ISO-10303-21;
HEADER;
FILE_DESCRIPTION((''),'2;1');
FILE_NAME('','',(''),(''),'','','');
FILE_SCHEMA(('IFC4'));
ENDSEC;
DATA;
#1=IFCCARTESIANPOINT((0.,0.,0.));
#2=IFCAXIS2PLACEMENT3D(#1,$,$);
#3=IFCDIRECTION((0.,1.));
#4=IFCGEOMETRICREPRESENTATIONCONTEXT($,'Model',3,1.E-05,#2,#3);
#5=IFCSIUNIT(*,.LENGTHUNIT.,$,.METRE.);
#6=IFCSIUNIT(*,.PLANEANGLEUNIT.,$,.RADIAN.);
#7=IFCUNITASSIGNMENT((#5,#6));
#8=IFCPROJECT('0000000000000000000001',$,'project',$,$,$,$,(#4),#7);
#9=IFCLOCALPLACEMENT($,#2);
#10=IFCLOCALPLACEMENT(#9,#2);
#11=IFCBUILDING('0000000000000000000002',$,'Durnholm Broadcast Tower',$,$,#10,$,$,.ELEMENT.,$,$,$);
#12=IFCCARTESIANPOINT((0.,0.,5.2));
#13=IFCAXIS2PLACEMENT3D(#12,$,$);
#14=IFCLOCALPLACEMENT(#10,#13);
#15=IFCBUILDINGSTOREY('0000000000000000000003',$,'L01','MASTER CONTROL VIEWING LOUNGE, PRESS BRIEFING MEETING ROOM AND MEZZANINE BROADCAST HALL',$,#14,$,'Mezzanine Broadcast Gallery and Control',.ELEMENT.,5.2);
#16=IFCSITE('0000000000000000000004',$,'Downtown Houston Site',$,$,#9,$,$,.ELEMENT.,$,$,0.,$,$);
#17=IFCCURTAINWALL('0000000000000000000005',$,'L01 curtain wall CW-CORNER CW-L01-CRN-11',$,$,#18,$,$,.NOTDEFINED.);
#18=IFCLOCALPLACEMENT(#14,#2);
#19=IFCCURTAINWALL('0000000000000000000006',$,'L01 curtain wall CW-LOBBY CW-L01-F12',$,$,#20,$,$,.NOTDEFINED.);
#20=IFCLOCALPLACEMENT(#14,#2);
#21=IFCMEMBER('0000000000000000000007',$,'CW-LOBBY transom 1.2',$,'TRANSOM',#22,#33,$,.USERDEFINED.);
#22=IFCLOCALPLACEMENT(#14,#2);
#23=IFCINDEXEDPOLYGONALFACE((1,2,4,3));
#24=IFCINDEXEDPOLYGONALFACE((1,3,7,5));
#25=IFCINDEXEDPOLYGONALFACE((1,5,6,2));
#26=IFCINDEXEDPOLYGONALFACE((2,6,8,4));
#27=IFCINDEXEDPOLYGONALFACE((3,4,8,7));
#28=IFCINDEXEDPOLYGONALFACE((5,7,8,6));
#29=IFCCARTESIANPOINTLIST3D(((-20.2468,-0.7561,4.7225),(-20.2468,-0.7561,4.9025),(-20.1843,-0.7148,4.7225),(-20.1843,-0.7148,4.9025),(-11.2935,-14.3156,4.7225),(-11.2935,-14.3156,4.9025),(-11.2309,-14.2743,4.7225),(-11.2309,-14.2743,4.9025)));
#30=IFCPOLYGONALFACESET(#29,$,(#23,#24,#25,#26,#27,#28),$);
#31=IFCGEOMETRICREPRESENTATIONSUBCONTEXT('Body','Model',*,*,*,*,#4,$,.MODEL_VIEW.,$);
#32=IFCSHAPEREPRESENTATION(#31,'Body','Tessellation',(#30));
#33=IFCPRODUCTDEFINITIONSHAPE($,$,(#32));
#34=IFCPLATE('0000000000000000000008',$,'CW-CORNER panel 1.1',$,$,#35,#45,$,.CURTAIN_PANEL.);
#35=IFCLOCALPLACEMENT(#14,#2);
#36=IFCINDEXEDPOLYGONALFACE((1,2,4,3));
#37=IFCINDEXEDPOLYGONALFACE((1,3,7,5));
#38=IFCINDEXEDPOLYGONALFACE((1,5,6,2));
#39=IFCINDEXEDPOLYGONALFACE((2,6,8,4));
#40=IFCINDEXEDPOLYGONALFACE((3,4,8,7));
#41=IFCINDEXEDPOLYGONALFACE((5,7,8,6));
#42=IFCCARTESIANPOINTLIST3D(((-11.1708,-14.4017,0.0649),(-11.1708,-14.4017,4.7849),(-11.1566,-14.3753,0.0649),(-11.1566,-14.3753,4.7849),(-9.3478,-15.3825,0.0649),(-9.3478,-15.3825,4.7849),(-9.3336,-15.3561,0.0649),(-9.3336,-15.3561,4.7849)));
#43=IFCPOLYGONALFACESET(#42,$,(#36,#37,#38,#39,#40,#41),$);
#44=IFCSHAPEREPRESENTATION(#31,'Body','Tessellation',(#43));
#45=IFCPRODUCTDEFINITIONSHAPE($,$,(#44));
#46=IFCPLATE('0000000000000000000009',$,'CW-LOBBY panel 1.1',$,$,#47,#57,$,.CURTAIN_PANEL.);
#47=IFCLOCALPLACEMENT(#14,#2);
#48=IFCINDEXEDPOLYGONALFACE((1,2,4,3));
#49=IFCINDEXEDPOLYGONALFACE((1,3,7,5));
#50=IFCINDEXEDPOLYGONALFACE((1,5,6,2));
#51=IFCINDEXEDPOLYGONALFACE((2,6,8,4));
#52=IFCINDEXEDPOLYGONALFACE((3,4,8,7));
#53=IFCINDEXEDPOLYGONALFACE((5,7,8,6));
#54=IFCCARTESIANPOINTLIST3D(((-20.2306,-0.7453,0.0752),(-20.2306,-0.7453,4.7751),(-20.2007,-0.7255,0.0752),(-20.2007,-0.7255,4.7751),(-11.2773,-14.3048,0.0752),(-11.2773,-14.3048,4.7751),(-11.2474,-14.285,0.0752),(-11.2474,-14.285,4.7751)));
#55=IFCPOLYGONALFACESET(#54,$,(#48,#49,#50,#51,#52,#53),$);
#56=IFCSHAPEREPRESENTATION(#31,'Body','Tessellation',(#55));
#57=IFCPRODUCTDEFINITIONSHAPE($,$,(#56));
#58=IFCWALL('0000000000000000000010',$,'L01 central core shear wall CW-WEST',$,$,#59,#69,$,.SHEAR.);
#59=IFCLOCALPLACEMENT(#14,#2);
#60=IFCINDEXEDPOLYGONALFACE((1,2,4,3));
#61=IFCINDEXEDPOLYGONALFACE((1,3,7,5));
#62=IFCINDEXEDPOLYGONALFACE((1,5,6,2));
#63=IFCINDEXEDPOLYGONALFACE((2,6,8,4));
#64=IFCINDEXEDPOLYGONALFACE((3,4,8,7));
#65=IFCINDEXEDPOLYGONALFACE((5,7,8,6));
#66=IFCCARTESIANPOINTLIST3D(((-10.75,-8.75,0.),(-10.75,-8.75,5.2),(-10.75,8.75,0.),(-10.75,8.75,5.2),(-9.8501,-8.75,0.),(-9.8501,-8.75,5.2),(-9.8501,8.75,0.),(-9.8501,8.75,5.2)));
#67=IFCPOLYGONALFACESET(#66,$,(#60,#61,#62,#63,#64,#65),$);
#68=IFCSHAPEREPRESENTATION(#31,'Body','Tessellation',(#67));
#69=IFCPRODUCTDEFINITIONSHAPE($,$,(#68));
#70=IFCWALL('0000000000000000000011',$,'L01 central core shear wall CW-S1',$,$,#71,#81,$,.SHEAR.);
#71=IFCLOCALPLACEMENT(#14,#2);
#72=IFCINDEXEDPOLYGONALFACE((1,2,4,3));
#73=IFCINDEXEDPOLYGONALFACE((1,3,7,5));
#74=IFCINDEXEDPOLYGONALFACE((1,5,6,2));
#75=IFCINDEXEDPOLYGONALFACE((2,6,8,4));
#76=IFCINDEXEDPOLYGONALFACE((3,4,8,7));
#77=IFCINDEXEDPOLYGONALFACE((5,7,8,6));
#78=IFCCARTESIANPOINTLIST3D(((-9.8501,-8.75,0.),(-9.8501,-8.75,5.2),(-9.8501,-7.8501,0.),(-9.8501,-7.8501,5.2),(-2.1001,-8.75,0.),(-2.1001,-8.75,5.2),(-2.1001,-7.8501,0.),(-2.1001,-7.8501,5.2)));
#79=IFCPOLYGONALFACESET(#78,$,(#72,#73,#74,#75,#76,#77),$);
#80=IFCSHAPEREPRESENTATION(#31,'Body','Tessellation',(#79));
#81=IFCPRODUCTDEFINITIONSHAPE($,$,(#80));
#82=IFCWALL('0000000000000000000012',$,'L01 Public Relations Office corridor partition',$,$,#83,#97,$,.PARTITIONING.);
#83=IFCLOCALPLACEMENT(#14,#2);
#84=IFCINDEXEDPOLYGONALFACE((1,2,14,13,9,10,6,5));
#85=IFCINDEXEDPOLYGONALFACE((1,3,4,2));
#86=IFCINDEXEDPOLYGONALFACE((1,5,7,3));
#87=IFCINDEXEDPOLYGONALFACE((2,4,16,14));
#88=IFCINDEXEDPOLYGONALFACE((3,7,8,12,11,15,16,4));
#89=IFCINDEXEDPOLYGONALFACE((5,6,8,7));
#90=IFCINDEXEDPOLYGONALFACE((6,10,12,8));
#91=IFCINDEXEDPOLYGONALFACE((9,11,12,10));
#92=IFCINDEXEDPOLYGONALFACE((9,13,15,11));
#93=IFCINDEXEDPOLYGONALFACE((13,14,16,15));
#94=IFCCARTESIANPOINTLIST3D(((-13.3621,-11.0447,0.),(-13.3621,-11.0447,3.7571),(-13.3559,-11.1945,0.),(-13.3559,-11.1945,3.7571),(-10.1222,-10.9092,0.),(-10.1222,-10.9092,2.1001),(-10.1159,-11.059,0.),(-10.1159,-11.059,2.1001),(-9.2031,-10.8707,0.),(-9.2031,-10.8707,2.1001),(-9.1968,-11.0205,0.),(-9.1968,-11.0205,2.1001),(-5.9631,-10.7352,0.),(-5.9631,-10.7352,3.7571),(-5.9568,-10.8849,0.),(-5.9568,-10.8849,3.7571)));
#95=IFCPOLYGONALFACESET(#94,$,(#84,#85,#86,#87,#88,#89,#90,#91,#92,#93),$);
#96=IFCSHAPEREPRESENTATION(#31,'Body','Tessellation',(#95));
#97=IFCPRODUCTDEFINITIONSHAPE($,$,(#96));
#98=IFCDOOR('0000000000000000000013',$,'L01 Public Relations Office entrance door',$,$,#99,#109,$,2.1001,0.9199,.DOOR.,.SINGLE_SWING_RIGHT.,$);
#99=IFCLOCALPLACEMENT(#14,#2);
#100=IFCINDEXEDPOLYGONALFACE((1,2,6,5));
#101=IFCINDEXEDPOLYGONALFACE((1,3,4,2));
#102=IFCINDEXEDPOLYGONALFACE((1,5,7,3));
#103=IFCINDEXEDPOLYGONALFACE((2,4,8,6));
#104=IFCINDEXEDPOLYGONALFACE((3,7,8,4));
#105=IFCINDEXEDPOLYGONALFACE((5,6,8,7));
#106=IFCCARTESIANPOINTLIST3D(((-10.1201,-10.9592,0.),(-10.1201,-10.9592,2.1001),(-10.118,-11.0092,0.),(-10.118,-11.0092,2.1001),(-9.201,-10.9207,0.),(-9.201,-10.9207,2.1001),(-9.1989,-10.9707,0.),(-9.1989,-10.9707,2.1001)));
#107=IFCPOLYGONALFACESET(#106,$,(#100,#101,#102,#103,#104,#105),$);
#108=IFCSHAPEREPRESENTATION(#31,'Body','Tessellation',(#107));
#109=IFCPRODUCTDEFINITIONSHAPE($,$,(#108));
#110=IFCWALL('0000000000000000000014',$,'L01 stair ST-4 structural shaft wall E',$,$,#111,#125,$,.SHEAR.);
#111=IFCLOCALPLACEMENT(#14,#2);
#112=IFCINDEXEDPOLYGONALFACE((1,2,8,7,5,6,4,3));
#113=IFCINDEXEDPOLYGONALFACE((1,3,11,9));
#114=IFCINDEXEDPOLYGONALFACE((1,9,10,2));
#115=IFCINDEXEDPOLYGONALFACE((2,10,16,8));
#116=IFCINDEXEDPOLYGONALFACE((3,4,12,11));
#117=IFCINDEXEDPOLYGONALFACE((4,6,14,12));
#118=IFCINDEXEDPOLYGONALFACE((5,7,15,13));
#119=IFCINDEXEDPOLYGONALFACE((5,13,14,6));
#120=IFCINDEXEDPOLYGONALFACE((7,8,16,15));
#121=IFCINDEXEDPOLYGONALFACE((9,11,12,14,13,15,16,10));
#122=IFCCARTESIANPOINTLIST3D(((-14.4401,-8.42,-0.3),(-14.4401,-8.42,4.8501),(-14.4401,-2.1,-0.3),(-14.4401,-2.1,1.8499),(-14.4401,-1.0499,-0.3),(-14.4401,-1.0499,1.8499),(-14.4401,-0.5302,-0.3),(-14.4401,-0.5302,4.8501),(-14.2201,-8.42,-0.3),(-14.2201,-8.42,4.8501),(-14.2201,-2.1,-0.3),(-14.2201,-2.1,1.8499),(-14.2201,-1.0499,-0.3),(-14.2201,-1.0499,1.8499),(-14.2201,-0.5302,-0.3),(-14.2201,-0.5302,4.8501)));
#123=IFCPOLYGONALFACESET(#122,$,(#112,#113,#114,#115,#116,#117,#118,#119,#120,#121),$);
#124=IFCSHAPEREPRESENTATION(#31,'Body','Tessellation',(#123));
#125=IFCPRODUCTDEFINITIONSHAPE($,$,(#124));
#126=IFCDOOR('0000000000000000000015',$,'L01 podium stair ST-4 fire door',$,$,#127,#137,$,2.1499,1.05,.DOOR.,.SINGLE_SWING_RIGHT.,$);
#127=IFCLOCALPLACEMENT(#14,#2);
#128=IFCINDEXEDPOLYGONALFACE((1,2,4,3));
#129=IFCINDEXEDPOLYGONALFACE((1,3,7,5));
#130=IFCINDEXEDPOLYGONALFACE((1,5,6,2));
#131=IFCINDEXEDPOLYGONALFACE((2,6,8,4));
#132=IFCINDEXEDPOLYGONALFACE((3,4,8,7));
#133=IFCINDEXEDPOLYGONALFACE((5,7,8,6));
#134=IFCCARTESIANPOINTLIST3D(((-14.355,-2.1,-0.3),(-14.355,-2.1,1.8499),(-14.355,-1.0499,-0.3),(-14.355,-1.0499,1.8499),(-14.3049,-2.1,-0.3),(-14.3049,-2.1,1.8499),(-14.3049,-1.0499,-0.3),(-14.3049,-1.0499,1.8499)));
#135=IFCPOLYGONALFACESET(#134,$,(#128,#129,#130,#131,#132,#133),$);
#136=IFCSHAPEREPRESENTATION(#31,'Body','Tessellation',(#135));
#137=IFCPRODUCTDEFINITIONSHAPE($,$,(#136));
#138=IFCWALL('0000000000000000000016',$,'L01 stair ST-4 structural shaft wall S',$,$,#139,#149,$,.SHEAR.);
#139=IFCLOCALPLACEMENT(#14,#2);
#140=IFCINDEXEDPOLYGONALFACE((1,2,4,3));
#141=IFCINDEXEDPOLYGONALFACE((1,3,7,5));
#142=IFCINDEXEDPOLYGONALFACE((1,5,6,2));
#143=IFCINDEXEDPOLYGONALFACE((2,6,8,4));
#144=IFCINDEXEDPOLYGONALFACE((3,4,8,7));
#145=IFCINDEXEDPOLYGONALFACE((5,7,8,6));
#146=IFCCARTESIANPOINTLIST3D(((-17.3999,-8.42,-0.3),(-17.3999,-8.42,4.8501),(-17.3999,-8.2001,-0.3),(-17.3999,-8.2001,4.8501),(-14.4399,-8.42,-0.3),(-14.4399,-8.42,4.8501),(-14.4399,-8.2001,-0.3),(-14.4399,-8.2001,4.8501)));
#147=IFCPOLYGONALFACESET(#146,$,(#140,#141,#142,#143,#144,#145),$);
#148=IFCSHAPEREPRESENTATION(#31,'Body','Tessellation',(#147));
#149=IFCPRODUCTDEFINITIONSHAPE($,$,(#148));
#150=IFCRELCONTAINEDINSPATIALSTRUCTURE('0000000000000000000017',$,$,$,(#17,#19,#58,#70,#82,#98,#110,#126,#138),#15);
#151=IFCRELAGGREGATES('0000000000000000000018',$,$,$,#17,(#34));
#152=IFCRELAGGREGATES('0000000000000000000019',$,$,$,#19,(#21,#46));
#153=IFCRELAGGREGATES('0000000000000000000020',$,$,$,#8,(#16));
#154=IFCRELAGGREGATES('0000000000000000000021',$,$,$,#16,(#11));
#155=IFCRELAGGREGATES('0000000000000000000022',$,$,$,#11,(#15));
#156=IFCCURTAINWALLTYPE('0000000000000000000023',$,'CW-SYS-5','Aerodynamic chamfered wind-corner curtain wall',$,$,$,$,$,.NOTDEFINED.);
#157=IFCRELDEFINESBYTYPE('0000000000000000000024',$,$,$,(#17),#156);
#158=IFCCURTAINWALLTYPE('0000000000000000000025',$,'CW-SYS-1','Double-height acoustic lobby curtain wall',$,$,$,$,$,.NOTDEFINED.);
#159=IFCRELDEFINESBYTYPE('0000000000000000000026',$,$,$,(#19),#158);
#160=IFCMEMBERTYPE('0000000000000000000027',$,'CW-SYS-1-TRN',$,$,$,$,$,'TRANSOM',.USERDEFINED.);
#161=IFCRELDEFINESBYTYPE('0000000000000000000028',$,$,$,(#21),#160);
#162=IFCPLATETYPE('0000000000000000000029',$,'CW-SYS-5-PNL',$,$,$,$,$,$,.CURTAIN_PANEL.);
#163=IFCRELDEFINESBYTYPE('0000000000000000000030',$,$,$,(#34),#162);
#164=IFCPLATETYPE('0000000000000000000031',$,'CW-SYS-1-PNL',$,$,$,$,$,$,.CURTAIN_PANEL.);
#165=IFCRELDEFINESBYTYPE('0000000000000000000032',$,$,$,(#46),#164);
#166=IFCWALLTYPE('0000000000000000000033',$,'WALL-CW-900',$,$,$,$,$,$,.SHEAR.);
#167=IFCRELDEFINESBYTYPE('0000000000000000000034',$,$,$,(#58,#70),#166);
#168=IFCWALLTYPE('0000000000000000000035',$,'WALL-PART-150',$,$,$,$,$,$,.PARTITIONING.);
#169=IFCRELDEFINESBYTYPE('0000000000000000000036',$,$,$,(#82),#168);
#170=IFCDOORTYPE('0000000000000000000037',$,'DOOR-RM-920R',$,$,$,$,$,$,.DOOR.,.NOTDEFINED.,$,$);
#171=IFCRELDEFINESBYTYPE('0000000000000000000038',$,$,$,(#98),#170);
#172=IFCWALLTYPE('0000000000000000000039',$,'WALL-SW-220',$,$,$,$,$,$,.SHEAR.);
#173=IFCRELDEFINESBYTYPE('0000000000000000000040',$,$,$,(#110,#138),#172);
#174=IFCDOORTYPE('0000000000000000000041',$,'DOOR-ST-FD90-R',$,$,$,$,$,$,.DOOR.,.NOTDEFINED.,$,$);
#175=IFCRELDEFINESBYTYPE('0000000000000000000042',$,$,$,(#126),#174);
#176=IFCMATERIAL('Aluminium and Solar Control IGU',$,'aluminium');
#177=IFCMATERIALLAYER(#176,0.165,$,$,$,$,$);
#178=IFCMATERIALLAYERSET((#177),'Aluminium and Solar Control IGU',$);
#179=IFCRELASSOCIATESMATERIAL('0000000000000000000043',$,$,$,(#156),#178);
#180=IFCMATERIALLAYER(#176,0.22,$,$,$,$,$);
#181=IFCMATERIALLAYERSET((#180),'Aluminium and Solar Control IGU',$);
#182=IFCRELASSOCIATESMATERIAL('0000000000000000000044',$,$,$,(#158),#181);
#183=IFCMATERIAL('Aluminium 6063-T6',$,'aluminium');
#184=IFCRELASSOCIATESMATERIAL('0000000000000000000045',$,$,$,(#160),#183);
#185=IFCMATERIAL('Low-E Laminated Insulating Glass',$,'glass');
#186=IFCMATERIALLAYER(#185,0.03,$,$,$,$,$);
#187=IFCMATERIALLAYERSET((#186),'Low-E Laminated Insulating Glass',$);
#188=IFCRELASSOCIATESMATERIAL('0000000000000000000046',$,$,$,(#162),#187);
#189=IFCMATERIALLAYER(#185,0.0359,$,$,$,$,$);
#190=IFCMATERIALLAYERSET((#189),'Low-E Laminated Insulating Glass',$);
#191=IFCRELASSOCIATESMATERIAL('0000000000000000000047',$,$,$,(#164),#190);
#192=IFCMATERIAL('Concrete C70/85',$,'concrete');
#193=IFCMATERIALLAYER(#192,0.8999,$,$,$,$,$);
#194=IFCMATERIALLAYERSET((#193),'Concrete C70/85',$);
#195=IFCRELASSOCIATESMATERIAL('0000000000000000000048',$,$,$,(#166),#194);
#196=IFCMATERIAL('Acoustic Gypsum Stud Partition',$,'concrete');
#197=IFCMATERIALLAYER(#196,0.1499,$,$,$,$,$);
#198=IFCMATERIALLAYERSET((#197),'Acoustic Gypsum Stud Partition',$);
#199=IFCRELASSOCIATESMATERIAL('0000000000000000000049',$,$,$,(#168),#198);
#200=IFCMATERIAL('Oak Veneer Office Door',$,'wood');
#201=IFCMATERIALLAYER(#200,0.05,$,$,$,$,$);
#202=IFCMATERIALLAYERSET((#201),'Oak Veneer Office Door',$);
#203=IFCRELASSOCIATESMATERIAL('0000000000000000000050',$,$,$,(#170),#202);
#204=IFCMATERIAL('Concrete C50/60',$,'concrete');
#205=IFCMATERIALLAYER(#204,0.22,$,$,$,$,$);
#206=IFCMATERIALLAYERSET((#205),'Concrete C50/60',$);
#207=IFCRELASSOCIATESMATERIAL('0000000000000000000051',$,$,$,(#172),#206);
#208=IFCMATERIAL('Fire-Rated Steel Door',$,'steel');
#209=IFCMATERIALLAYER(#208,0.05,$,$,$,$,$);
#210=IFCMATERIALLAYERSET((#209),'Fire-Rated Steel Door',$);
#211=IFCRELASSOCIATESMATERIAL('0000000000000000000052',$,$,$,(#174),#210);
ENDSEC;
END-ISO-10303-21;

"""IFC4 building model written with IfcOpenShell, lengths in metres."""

from ifc_helpers import new_model, si_unit, direction, frame, frame_2d, origin, origin_2d, place, context, subcontext, project, spatial, rectangle, extrude, source, transform, mapped, material, layer, layer_set, material_profile, profile_set, type_object, type_shapes, element, fill, aggregate, save


model = new_model("IFC4")

# Units and contexts
model_context = context("Model", 3, precision=1e-05, world=origin(), true_north=direction((0.0, 1.0)))
body_context = subcontext(model_context, "Body", "Model", "MODEL_VIEW")
ifc_project = project(units=[si_unit("LENGTHUNIT", "METRE"), si_unit("PLANEANGLEUNIT", "RADIAN")], contexts=[model_context])

# Site, building, storey
site_placement = place(None, origin())
site = spatial("IfcSite", under=ifc_project, at=site_placement, Name="Downtown Houston Site", CompositionType="ELEMENT", RefElevation=0.0)
building_placement = place(site_placement, origin())
building = spatial("IfcBuilding", under=site, at=building_placement, Name="Durnholm Broadcast Tower", CompositionType="ELEMENT")
storey_placement = place(building_placement, frame((0.0, 0.0, 5.2)))
storey = spatial("IfcBuildingStorey", under=building, at=storey_placement, Name="L01", Description="MASTER CONTROL VIEWING LOUNGE, PRESS BRIEFING MEETING ROOM AND MEZZANINE BROADCAST HALL", LongName="Mezzanine Broadcast Gallery and Control", CompositionType="ELEMENT", Elevation=5.2)

# Shared definitions
ifc_material_1 = material(Name="Concrete C70/85", Category="concrete")

# Curtain wall
ifc_material_2 = material(Name="Aluminium and Solar Control IGU", Category="aluminium")
ifc_layer_1 = layer(ifc_material_2, 0.165)
ifc_layer_set_1 = layer_set([ifc_layer_1], Name="Aluminium and Solar Control IGU")
curtain_wall_type_1 = type_object("IfcCurtainWallType", Name="CW-SYS-5", Description="Aerodynamic chamfered wind-corner curtain wall", PredefinedType="NOTDEFINED", material=ifc_layer_set_1)
ifc_material_3 = material(Name="Aluminium 6063-T6", Category="aluminium")
curtain_wall_1_placement = place(storey_placement, origin())
curtain_wall_1 = element("IfcCurtainWall", 1, at=curtain_wall_1_placement, inside=storey, type_object=curtain_wall_type_1, Name="L01 curtain wall CW-CORNER CW-L01-CRN-11", PredefinedType="NOTDEFINED")

# Curtain wall, member
ifc_layer_2 = layer(ifc_material_2, 0.22)
ifc_layer_set_2 = layer_set([ifc_layer_2], Name="Aluminium and Solar Control IGU")
curtain_wall_type_2 = type_object("IfcCurtainWallType", Name="CW-SYS-1", Description="Double-height acoustic lobby curtain wall", PredefinedType="NOTDEFINED", material=ifc_layer_set_2)
curtain_wall_2_placement = place(storey_placement, origin())
curtain_wall_2 = element("IfcCurtainWall", 2, at=curtain_wall_2_placement, inside=storey, type_object=curtain_wall_type_2, Name="L01 curtain wall CW-LOBBY CW-L01-F12", PredefinedType="NOTDEFINED")
ifc_material_profile_1 = material_profile(ifc_material_3, rectangle(XDim=0.075, YDim=0.1799, at=origin_2d()), Name="CWT75X180")
ifc_profile_set_1 = profile_set([ifc_material_profile_1], Name="Aluminium 6063-T6")
member_type_1 = type_object("IfcMemberType", Name="CW-SYS-1-TRN", ElementType="TRANSOM", PredefinedType="USERDEFINED", material=ifc_profile_set_1)
shared_shape_1 = source(origin(), body_context, "Body", "SweptSolid", [
    extrude(rectangle(XDim=0.075, YDim=0.1799, at=origin_2d()), origin(), (0.0, 0.0, 1.0), 16.2488),
])
type_shapes(member_type_1, [shared_shape_1])
member_1_placement = place(storey_placement, frame((-11.2622, -14.2949, 4.8125), z_axis=(-0.551016, 0.834495, 0.0), x_axis=(-0.834495, -0.551016, 0.0)))
member_1 = element("IfcMember", 3, at=member_1_placement, type_object=member_type_1, Name="CW-LOBBY transom 1.2", ObjectType="TRANSOM", PredefinedType="USERDEFINED", context=body_context, shape_type="MappedRepresentation", body=[
    mapped(shared_shape_1, transform((0.0, 0.0, 0.0), x_axis=(1.0, 0.0, 0.0), y_axis=(0.0, 1.0, 0.0), z_axis=(0.0, 0.0, 1.0), scale=1.0)),
])

# Plates
ifc_material_4 = material(Name="Low-E Laminated Insulating Glass", Category="glass")
ifc_layer_3 = layer(ifc_material_4, 0.03)
ifc_layer_set_3 = layer_set([ifc_layer_3], Name="Low-E Laminated Insulating Glass")
plate_type_1 = type_object("IfcPlateType", Name="CW-SYS-5-PNL", PredefinedType="CURTAIN_PANEL", material=ifc_layer_set_3)
shared_shape_2 = source(origin(), body_context, "Body", "SweptSolid", [
    extrude(rectangle(XDim=2.0701, YDim=0.03, at=origin_2d()), origin(), (0.0, 0.0, 1.0), 4.72),
])
type_shapes(plate_type_1, [shared_shape_2])
plate_1_placement = place(storey_placement, frame((-10.2522, -14.8789, 0.0649), z_axis=(0.0, 0.0, 1.0), x_axis=(-0.880626, 0.473812, 0.0)))
plate_1 = element("IfcPlate", 4, at=plate_1_placement, type_object=plate_type_1, Name="CW-CORNER panel 1.1", PredefinedType="CURTAIN_PANEL", context=body_context, shape_type="MappedRepresentation", body=[
    mapped(shared_shape_2, transform((0.0, 0.0, 0.0), x_axis=(1.0, 0.0, 0.0), y_axis=(0.0, 1.0, 0.0), z_axis=(0.0, 0.0, 1.0), scale=1.0)),
])
aggregate(curtain_wall_1, [plate_1])
ifc_layer_4 = layer(ifc_material_4, 0.0359)
ifc_layer_set_4 = layer_set([ifc_layer_4], Name="Low-E Laminated Insulating Glass")
plate_type_2 = type_object("IfcPlateType", Name="CW-SYS-1-PNL", PredefinedType="CURTAIN_PANEL", material=ifc_layer_set_4)
shared_shape_3 = source(origin(), body_context, "Body", "SweptSolid", [
    extrude(rectangle(XDim=16.2488, YDim=0.0359, at=origin_2d()), origin(), (0.0, 0.0, 1.0), 4.7),
])
type_shapes(plate_type_2, [shared_shape_3])
plate_2_placement = place(storey_placement, frame((-15.739, -7.5151, 0.0752), z_axis=(0.0, 0.0, 1.0), x_axis=(-0.551013, 0.834496, 0.0)))
plate_2 = element("IfcPlate", 5, at=plate_2_placement, type_object=plate_type_2, Name="CW-LOBBY panel 1.1", PredefinedType="CURTAIN_PANEL", context=body_context, shape_type="MappedRepresentation", body=[
    mapped(shared_shape_3, transform((0.0, 0.0, 0.0), x_axis=(1.0, 0.0, 0.0), y_axis=(0.0, 1.0, 0.0), z_axis=(0.0, 0.0, 1.0), scale=1.0)),
])
aggregate(curtain_wall_2, [member_1, plate_2])

# Walls
ifc_layer_5 = layer(ifc_material_1, 0.8999)
ifc_layer_set_5 = layer_set([ifc_layer_5], Name="Concrete C70/85")
wall_type_1 = type_object("IfcWallType", Name="WALL-CW-900", PredefinedType="SHEAR", material=ifc_layer_set_5)
wall_1_placement = place(storey_placement, frame((-10.3, -8.75, 0.0), z_axis=(0.0, 0.0, 1.0), x_axis=(0.0, 1.0, 0.0)))
element("IfcWall", 6, at=wall_1_placement, inside=storey, type_object=wall_type_1, Name="L01 central core shear wall CW-WEST", PredefinedType="SHEAR", context=body_context, shape_type="SweptSolid", body=[
    extrude(rectangle(XDim=17.5, YDim=0.8999, at=frame_2d((8.75, 0.0))), origin(), (0.0, 0.0, 1.0), 5.2),
])
wall_2_placement = place(storey_placement, frame((-9.8501, -8.3, 0.0), z_axis=(0.0, 0.0, 1.0), x_axis=(1.0, 0.0, 0.0)))
element("IfcWall", 7, at=wall_2_placement, inside=storey, type_object=wall_type_1, Name="L01 central core shear wall CW-S1", PredefinedType="SHEAR", context=body_context, shape_type="SweptSolid", body=[
    extrude(rectangle(XDim=7.75, YDim=0.8999, at=frame_2d((3.875, 0.0))), origin(), (0.0, 0.0, 1.0), 5.2),
])

# Walls, openings, doors
ifc_material_5 = material(Name="Acoustic Gypsum Stud Partition", Category="concrete")
ifc_layer_6 = layer(ifc_material_5, 0.1499)
ifc_layer_set_6 = layer_set([ifc_layer_6], Name="Acoustic Gypsum Stud Partition")
wall_type_2 = type_object("IfcWallType", Name="WALL-PART-150", PredefinedType="PARTITIONING", material=ifc_layer_set_6)
wall_3_placement = place(storey_placement, frame((-13.3589, -11.1196, 0.0), z_axis=(0.0, 0.0, 1.0), x_axis=(0.999126, 0.041803, 0.0)))
wall_3 = element("IfcWall", 8, at=wall_3_placement, inside=storey, type_object=wall_type_2, Name="L01 Public Relations Office corridor partition", PredefinedType="PARTITIONING", context=body_context, shape_type="SweptSolid", body=[
    extrude(rectangle(XDim=7.4055, YDim=0.1499, at=frame_2d((3.7026, 0.0))), origin(), (0.0, 0.0, 1.0), 3.7571),
])
opening_1_placement = place(wall_3_placement, frame((3.2427, 0.0, 0.0)))
opening_1 = element("IfcOpeningElement", 9, at=opening_1_placement, cuts=wall_3, PredefinedType="OPENING", context=body_context, shape_type="SweptSolid", body=[
    extrude(rectangle(XDim=0.9199, YDim=2.1001, at=frame_2d((0.46, 1.05))), frame((0.0, 0.085, 0.0), z_axis=(0.0, -1.0, 0.0), x_axis=(1.0, 0.0, 0.0)), (0.0, 0.0, 1.0), 0.1699),
])
ifc_material_6 = material(Name="Oak Veneer Office Door", Category="wood")
ifc_layer_7 = layer(ifc_material_6, 0.05)
ifc_layer_set_7 = layer_set([ifc_layer_7], Name="Oak Veneer Office Door")
door_type_1 = type_object("IfcDoorType", Name="DOOR-RM-920R", OperationType="NOTDEFINED", PredefinedType="DOOR", material=ifc_layer_set_7)
shared_shape_4 = source(origin(), body_context, "Body", "SweptSolid", [
    extrude(rectangle(XDim=0.9199, YDim=2.1001, at=frame_2d((0.46, 1.05))), frame((0.0, 0.0249, 0.0), z_axis=(0.0, -1.0, 0.0), x_axis=(1.0, 0.0, 0.0)), (0.0, 0.0, 1.0), 0.05),
])
type_shapes(door_type_1, [shared_shape_4])
door_1_placement = place(opening_1_placement, origin())
door_1 = element("IfcDoor", 10, at=door_1_placement, inside=storey, type_object=door_type_1, Name="L01 Public Relations Office entrance door", OperationType="SINGLE_SWING_RIGHT", OverallHeight=2.1001, OverallWidth=0.9199, PredefinedType="DOOR", context=body_context, shape_type="MappedRepresentation", body=[
    mapped(shared_shape_4, transform((0.0, 0.0, 0.0), x_axis=(1.0, 0.0, 0.0), y_axis=(0.0, 1.0, 0.0), z_axis=(0.0, 0.0, 1.0), scale=1.0)),
])
fill(opening_1, door_1)
ifc_material_7 = material(Name="Concrete C50/60", Category="concrete")
ifc_layer_8 = layer(ifc_material_7, 0.22)
ifc_layer_set_8 = layer_set([ifc_layer_8], Name="Concrete C50/60")
wall_type_3 = type_object("IfcWallType", Name="WALL-SW-220", PredefinedType="SHEAR", material=ifc_layer_set_8)
wall_4_placement = place(storey_placement, frame((-14.3301, -8.4199, -0.3), z_axis=(0.0, 0.0, 1.0), x_axis=(0.0, 1.0, 0.0)))
wall_4 = element("IfcWall", 11, at=wall_4_placement, inside=storey, type_object=wall_type_3, Name="L01 stair ST-4 structural shaft wall E", PredefinedType="SHEAR", context=body_context, shape_type="SweptSolid", body=[
    extrude(rectangle(XDim=7.8899, YDim=0.22, at=frame_2d((3.9448, 0.0))), origin(), (0.0, 0.0, 1.0), 5.1501),
])
opening_2_placement = place(wall_4_placement, frame((6.3201, 0.0, 0.0)))
opening_2 = element("IfcOpeningElement", 12, at=opening_2_placement, cuts=wall_4, PredefinedType="OPENING", context=body_context, shape_type="SweptSolid", body=[
    extrude(rectangle(XDim=1.05, YDim=2.1499, at=frame_2d((0.5249, 1.075))), frame((0.0, 0.1201, 0.0), z_axis=(0.0, -1.0, 0.0), x_axis=(1.0, 0.0, 0.0)), (0.0, 0.0, 1.0), 0.24),
])
ifc_material_8 = material(Name="Fire-Rated Steel Door", Category="steel")
ifc_layer_9 = layer(ifc_material_8, 0.05)
ifc_layer_set_9 = layer_set([ifc_layer_9], Name="Fire-Rated Steel Door")
door_type_2 = type_object("IfcDoorType", Name="DOOR-ST-FD90-R", OperationType="NOTDEFINED", PredefinedType="DOOR", material=ifc_layer_set_9)
shared_shape_5 = source(origin(), body_context, "Body", "SweptSolid", [
    extrude(rectangle(XDim=1.05, YDim=2.1499, at=frame_2d((0.5249, 1.075))), frame((0.0, 0.0249, 0.0), z_axis=(0.0, -1.0, 0.0), x_axis=(1.0, 0.0, 0.0)), (0.0, 0.0, 1.0), 0.05),
])
type_shapes(door_type_2, [shared_shape_5])
door_2_placement = place(opening_2_placement, origin())
door_2 = element("IfcDoor", 13, at=door_2_placement, inside=storey, type_object=door_type_2, Name="L01 podium stair ST-4 fire door", OperationType="SINGLE_SWING_RIGHT", OverallHeight=2.1499, OverallWidth=1.05, PredefinedType="DOOR", context=body_context, shape_type="MappedRepresentation", body=[
    mapped(shared_shape_5, transform((0.0, 0.0, 0.0), x_axis=(1.0, 0.0, 0.0), y_axis=(0.0, 1.0, 0.0), z_axis=(0.0, 0.0, 1.0), scale=1.0)),
])
fill(opening_2, door_2)

# Wall
wall_5_placement = place(storey_placement, frame((-17.3999, -8.3101, -0.3), z_axis=(0.0, 0.0, 1.0), x_axis=(1.0, 0.0, 0.0)))
element("IfcWall", 14, at=wall_5_placement, inside=storey, type_object=wall_type_3, Name="L01 stair ST-4 structural shaft wall S", PredefinedType="SHEAR", context=body_context, shape_type="SweptSolid", body=[
    extrude(rectangle(XDim=2.96, YDim=0.22, at=frame_2d((1.48, 0.0))), origin(), (0.0, 0.0, 1.0), 5.1501),
])

save(model, "model.ifc")
